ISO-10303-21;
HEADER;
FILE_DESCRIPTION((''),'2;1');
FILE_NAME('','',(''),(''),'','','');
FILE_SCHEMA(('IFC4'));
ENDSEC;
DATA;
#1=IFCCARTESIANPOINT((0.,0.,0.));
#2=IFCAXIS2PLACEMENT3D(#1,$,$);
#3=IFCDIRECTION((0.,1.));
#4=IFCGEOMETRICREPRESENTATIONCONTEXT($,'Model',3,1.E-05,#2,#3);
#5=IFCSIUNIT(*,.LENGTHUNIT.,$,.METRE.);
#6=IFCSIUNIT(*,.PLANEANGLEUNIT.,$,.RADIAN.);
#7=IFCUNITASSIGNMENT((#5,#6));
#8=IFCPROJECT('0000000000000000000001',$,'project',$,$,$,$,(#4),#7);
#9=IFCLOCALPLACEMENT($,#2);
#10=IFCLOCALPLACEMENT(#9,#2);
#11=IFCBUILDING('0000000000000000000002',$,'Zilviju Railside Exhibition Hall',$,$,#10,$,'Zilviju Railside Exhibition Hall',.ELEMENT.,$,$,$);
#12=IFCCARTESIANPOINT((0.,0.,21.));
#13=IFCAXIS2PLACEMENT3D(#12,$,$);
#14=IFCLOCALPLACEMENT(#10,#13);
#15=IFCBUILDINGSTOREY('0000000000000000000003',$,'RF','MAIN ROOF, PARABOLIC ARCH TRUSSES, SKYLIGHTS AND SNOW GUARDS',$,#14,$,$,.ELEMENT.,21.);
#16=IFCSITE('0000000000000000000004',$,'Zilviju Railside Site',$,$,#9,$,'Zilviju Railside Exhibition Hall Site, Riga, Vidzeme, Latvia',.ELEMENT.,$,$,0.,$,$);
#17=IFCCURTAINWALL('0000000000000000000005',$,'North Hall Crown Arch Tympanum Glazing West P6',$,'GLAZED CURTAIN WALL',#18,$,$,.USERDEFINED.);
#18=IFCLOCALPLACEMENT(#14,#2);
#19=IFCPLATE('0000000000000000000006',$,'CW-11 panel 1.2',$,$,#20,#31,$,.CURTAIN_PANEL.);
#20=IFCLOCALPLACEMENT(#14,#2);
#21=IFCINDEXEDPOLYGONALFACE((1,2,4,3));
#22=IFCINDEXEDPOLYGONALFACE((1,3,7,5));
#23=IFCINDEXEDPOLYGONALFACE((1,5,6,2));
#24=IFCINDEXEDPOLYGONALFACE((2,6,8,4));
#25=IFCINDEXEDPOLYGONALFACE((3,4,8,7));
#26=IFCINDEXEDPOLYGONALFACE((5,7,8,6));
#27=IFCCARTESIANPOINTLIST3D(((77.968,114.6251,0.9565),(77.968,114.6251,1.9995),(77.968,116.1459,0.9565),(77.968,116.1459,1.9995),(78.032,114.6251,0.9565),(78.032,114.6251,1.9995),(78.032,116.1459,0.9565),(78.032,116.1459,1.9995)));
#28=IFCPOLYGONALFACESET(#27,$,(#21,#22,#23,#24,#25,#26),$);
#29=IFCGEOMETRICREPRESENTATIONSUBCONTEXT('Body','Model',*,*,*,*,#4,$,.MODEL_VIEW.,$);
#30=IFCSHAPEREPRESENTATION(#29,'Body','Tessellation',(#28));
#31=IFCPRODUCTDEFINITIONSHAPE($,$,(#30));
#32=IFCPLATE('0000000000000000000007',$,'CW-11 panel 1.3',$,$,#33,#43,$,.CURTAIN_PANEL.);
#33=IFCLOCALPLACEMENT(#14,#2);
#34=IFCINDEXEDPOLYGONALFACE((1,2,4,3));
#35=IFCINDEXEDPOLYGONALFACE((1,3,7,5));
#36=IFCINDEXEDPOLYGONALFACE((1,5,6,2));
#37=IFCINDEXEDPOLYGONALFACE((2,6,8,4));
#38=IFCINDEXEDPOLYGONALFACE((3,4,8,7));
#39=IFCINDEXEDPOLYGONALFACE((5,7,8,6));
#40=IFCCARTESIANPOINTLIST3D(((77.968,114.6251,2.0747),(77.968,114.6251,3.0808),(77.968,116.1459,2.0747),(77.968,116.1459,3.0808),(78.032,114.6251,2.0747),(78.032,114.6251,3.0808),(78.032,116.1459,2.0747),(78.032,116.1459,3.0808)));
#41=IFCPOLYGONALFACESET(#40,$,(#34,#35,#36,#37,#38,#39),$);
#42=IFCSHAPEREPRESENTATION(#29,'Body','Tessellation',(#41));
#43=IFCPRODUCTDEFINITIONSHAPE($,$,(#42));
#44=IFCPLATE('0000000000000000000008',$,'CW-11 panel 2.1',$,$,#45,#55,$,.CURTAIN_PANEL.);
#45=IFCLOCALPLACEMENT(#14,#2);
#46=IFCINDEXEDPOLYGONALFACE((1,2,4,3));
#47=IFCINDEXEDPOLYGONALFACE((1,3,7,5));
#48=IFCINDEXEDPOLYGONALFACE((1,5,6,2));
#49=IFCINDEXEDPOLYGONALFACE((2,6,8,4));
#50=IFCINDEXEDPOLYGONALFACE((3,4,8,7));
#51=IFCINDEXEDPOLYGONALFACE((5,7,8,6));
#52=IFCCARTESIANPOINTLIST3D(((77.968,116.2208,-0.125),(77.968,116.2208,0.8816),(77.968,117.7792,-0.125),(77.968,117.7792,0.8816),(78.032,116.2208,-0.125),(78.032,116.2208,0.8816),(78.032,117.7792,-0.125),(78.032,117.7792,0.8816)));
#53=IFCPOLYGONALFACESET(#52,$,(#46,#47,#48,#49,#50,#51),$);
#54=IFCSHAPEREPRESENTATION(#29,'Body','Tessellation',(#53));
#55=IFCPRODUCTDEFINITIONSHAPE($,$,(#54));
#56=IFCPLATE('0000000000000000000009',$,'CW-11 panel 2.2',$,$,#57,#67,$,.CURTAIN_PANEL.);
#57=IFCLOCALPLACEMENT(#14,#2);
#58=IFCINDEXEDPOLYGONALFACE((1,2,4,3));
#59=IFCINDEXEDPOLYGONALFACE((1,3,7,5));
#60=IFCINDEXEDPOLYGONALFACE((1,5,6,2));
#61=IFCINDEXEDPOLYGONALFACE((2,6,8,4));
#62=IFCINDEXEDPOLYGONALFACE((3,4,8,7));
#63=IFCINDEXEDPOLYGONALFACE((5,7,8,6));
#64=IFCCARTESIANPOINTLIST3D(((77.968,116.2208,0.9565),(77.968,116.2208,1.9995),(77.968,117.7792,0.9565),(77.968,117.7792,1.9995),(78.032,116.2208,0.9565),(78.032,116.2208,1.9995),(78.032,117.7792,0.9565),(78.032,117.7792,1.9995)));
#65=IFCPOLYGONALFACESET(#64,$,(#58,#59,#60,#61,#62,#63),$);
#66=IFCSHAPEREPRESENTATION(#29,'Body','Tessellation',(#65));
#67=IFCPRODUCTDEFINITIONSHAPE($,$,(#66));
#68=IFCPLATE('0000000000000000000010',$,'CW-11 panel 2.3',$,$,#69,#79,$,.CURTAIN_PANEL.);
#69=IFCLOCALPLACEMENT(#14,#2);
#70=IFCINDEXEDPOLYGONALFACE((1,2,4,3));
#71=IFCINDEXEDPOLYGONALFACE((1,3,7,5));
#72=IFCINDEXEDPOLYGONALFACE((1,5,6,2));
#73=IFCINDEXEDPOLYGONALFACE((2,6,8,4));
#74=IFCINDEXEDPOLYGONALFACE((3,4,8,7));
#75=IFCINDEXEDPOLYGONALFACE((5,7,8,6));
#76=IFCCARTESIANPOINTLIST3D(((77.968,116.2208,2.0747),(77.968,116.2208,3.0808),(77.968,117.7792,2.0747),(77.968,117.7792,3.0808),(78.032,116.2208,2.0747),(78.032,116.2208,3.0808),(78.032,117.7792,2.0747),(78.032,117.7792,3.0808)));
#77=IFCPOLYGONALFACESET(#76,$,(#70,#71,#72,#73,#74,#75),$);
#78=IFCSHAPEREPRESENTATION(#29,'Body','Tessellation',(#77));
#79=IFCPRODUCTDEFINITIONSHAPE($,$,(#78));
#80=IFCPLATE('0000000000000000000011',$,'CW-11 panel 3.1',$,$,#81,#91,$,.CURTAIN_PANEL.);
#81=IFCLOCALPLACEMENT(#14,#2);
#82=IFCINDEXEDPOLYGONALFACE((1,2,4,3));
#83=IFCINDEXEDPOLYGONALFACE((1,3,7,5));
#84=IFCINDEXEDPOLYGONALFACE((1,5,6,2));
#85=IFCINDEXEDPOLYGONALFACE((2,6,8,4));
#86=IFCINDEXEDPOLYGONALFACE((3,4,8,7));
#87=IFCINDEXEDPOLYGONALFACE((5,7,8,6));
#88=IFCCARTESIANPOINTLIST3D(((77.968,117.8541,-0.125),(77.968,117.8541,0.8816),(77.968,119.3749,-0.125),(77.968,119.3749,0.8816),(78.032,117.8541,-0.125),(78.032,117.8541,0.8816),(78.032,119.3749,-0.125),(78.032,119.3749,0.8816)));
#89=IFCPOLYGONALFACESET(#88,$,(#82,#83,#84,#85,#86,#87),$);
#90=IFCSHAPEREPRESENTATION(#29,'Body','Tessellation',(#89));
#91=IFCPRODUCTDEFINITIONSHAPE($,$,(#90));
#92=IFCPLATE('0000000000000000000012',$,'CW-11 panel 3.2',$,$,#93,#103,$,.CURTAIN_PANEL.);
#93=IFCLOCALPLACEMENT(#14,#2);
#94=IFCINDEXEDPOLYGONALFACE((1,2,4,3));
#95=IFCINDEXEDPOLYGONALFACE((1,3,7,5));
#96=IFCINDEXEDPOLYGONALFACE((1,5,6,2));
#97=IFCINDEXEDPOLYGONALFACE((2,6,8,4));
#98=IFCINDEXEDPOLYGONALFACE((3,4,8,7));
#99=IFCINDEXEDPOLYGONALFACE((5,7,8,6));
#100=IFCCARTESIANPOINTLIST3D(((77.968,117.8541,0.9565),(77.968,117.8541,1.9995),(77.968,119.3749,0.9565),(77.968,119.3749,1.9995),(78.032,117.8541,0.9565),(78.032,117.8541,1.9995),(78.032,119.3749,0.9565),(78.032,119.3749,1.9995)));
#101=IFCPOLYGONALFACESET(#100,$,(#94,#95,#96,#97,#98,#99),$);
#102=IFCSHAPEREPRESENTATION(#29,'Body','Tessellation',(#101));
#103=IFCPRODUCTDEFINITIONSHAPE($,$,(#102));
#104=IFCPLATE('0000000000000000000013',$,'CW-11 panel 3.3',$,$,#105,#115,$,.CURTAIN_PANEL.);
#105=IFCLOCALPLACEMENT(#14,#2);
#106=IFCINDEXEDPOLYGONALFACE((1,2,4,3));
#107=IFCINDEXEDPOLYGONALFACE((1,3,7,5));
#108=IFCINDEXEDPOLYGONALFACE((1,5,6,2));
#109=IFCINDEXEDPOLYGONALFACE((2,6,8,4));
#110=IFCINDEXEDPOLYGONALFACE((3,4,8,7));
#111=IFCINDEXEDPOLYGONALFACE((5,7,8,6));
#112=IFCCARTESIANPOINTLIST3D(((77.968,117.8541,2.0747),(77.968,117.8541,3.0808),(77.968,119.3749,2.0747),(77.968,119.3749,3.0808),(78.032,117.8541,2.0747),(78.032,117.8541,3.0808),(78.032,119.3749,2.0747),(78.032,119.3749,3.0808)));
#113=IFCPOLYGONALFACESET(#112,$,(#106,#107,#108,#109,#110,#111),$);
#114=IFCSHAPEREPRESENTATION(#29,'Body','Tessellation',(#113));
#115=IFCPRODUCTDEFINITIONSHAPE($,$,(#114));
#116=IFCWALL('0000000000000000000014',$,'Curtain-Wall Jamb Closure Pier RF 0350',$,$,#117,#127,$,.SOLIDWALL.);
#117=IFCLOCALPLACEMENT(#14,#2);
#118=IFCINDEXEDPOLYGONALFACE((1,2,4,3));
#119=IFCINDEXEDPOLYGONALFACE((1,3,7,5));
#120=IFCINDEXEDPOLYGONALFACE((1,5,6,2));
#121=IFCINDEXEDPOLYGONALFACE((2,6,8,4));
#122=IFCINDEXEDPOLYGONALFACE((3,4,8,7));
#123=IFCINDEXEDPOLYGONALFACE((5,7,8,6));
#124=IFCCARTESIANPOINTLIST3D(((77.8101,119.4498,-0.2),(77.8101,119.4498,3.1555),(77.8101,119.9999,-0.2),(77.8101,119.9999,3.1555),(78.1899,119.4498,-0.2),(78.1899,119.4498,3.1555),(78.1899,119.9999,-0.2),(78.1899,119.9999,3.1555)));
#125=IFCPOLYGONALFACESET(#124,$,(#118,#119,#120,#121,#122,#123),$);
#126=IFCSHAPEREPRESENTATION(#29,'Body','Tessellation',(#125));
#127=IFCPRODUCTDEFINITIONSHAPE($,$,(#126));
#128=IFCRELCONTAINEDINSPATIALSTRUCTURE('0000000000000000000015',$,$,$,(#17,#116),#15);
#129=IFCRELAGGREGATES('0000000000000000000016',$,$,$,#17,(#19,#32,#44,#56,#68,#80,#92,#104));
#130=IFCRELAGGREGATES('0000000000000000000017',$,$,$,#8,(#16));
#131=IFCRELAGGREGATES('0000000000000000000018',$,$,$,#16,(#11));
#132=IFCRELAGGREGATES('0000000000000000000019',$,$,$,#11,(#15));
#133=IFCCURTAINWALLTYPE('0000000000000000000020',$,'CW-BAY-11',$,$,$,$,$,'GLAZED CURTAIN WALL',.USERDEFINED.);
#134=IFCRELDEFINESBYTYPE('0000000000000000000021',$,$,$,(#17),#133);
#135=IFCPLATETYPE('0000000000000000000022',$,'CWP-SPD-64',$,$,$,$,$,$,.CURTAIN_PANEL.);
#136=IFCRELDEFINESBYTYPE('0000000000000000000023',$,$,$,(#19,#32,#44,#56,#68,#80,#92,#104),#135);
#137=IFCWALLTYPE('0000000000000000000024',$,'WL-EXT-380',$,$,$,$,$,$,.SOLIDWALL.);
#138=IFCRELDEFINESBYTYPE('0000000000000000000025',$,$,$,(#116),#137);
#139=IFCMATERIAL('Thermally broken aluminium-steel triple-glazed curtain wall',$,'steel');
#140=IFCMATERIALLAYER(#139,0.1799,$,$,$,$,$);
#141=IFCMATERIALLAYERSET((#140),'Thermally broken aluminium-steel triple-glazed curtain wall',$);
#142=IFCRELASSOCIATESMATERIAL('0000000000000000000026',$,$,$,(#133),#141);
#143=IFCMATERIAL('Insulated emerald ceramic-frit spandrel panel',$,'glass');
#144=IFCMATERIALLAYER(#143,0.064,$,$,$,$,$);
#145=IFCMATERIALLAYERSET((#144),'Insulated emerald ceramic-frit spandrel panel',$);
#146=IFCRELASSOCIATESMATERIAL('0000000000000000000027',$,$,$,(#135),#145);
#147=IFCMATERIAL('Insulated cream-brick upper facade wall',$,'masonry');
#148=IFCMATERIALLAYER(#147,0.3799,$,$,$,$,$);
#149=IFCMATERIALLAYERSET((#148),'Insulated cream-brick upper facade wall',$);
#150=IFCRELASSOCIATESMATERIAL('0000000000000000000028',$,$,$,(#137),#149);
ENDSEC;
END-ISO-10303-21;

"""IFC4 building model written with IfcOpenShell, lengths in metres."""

from ifc_helpers import new_model, si_unit, direction, frame, frame_2d, origin, origin_2d, place, context, subcontext, project, spatial, rectangle, extrude, material, layer, layer_set, type_object, element, aggregate, save


model = new_model("IFC4")

# Units and contexts
model_context = context("Model", 3, precision=1e-05, world=origin(), true_north=direction((0.0, 1.0)))
body_context = subcontext(model_context, "Body", "Model", "MODEL_VIEW")
ifc_project = project(units=[si_unit("LENGTHUNIT", "METRE"), si_unit("PLANEANGLEUNIT", "RADIAN")], contexts=[model_context])

# Site, building, storey
site_placement = place(None, origin())
site = spatial("IfcSite", under=ifc_project, at=site_placement, Name="Zilviju Railside Site", LongName="Zilviju Railside Exhibition Hall Site, Riga, Vidzeme, Latvia", CompositionType="ELEMENT", RefElevation=0.0)
building_placement = place(site_placement, origin())
building = spatial("IfcBuilding", under=site, at=building_placement, Name="Zilviju Railside Exhibition Hall", LongName="Zilviju Railside Exhibition Hall", CompositionType="ELEMENT")
storey_placement = place(building_placement, frame((0.0, 0.0, 21.0)))
storey = spatial("IfcBuildingStorey", under=building, at=storey_placement, Name="RF", Description="MAIN ROOF, PARABOLIC ARCH TRUSSES, SKYLIGHTS AND SNOW GUARDS", CompositionType="ELEMENT", Elevation=21.0)

# Curtain wall
ifc_material_1 = material(Name="Thermally broken aluminium-steel triple-glazed curtain wall", Category="steel")
ifc_layer_1 = layer(ifc_material_1, 0.1799)
ifc_layer_set_1 = layer_set([ifc_layer_1], Name="Thermally broken aluminium-steel triple-glazed curtain wall")
curtain_wall_type_1 = type_object("IfcCurtainWallType", Name="CW-BAY-11", ElementType="GLAZED CURTAIN WALL", PredefinedType="USERDEFINED", material=ifc_layer_set_1)
curtain_wall_1_placement = place(storey_placement, origin())
curtain_wall_1 = element("IfcCurtainWall", 1, at=curtain_wall_1_placement, inside=storey, type_object=curtain_wall_type_1, Name="North Hall Crown Arch Tympanum Glazing West P6", ObjectType="GLAZED CURTAIN WALL", PredefinedType="USERDEFINED")

# Plates
ifc_material_2 = material(Name="Insulated emerald ceramic-frit spandrel panel", Category="glass")
ifc_layer_2 = layer(ifc_material_2, 0.064)
ifc_layer_set_2 = layer_set([ifc_layer_2], Name="Insulated emerald ceramic-frit spandrel panel")
plate_type = type_object("IfcPlateType", Name="CWP-SPD-64", PredefinedType="CURTAIN_PANEL", material=ifc_layer_set_2)
plate_1_placement = place(storey_placement, frame((78.0, 115.3855, 0.9565), z_axis=(0.0, 0.0, 1.0), x_axis=(0.0, 1.0, 0.0)))
plate_1 = element("IfcPlate", 2, at=plate_1_placement, type_object=plate_type, Name="CW-11 panel 1.2", PredefinedType="CURTAIN_PANEL", context=body_context, shape_type="SweptSolid", body=[
    extrude(rectangle(XDim=1.5208, YDim=0.064, at=origin_2d()), origin(), (0.0, 0.0, 1.0), 1.043),
])
plate_2_placement = place(storey_placement, frame((78.0, 115.3855, 2.0747), z_axis=(0.0, 0.0, 1.0), x_axis=(0.0, 1.0, 0.0)))
plate_2 = element("IfcPlate", 3, at=plate_2_placement, type_object=plate_type, Name="CW-11 panel 1.3", PredefinedType="CURTAIN_PANEL", context=body_context, shape_type="SweptSolid", body=[
    extrude(rectangle(XDim=1.5208, YDim=0.064, at=origin_2d()), origin(), (0.0, 0.0, 1.0), 1.0061),
])
plate_3_placement = place(storey_placement, frame((78.0, 117.0, -0.125), z_axis=(0.0, 0.0, 1.0), x_axis=(0.0, 1.0, 0.0)))
plate_3 = element("IfcPlate", 4, at=plate_3_placement, type_object=plate_type, Name="CW-11 panel 2.1", PredefinedType="CURTAIN_PANEL", context=body_context, shape_type="SweptSolid", body=[
    extrude(rectangle(XDim=1.5583, YDim=0.064, at=origin_2d()), origin(), (0.0, 0.0, 1.0), 1.0066),
])
plate_4_placement = place(storey_placement, frame((78.0, 117.0, 0.9565), z_axis=(0.0, 0.0, 1.0), x_axis=(0.0, 1.0, 0.0)))
plate_4 = element("IfcPlate", 5, at=plate_4_placement, type_object=plate_type, Name="CW-11 panel 2.2", PredefinedType="CURTAIN_PANEL", context=body_context, shape_type="SweptSolid", body=[
    extrude(rectangle(XDim=1.5583, YDim=0.064, at=origin_2d()), origin(), (0.0, 0.0, 1.0), 1.043),
])
plate_5_placement = place(storey_placement, frame((78.0, 117.0, 2.0747), z_axis=(0.0, 0.0, 1.0), x_axis=(0.0, 1.0, 0.0)))
plate_5 = element("IfcPlate", 6, at=plate_5_placement, type_object=plate_type, Name="CW-11 panel 2.3", PredefinedType="CURTAIN_PANEL", context=body_context, shape_type="SweptSolid", body=[
    extrude(rectangle(XDim=1.5583, YDim=0.064, at=origin_2d()), origin(), (0.0, 0.0, 1.0), 1.0061),
])
plate_6_placement = place(storey_placement, frame((78.0, 118.6145, -0.125), z_axis=(0.0, 0.0, 1.0), x_axis=(0.0, 1.0, 0.0)))
plate_6 = element("IfcPlate", 7, at=plate_6_placement, type_object=plate_type, Name="CW-11 panel 3.1", PredefinedType="CURTAIN_PANEL", context=body_context, shape_type="SweptSolid", body=[
    extrude(rectangle(XDim=1.5208, YDim=0.064, at=origin_2d()), origin(), (0.0, 0.0, 1.0), 1.0066),
])
plate_7_placement = place(storey_placement, frame((78.0, 118.6145, 0.9565), z_axis=(0.0, 0.0, 1.0), x_axis=(0.0, 1.0, 0.0)))
plate_7 = element("IfcPlate", 8, at=plate_7_placement, type_object=plate_type, Name="CW-11 panel 3.2", PredefinedType="CURTAIN_PANEL", context=body_context, shape_type="SweptSolid", body=[
    extrude(rectangle(XDim=1.5208, YDim=0.064, at=origin_2d()), origin(), (0.0, 0.0, 1.0), 1.043),
])
plate_8_placement = place(storey_placement, frame((78.0, 118.6145, 2.0747), z_axis=(0.0, 0.0, 1.0), x_axis=(0.0, 1.0, 0.0)))
plate_8 = element("IfcPlate", 9, at=plate_8_placement, type_object=plate_type, Name="CW-11 panel 3.3", PredefinedType="CURTAIN_PANEL", context=body_context, shape_type="SweptSolid", body=[
    extrude(rectangle(XDim=1.5208, YDim=0.064, at=origin_2d()), origin(), (0.0, 0.0, 1.0), 1.0061),
])
aggregate(curtain_wall_1, [plate_1, plate_2, plate_3, plate_4, plate_5, plate_6, plate_7, plate_8])

# Wall
ifc_material_3 = material(Name="Insulated cream-brick upper facade wall", Category="masonry")
ifc_layer_3 = layer(ifc_material_3, 0.3799)
ifc_layer_set_3 = layer_set([ifc_layer_3], Name="Insulated cream-brick upper facade wall")
wall_type = type_object("IfcWallType", Name="WL-EXT-380", PredefinedType="SOLIDWALL", material=ifc_layer_set_3)
wall_placement = place(storey_placement, frame((78.0, 119.45, -0.2), z_axis=(0.0, 0.0, 1.0), x_axis=(0.0, 1.0, 0.0)))
element("IfcWall", 10, at=wall_placement, inside=storey, type_object=wall_type, Name="Curtain-Wall Jamb Closure Pier RF 0350", PredefinedType="SOLIDWALL", context=body_context, shape_type="SweptSolid", body=[
    extrude(rectangle(XDim=0.55, YDim=0.3799, at=frame_2d((0.2749, 0.0))), origin(), (0.0, 0.0, 1.0), 3.3555),
])

save(model, "model.ifc")
